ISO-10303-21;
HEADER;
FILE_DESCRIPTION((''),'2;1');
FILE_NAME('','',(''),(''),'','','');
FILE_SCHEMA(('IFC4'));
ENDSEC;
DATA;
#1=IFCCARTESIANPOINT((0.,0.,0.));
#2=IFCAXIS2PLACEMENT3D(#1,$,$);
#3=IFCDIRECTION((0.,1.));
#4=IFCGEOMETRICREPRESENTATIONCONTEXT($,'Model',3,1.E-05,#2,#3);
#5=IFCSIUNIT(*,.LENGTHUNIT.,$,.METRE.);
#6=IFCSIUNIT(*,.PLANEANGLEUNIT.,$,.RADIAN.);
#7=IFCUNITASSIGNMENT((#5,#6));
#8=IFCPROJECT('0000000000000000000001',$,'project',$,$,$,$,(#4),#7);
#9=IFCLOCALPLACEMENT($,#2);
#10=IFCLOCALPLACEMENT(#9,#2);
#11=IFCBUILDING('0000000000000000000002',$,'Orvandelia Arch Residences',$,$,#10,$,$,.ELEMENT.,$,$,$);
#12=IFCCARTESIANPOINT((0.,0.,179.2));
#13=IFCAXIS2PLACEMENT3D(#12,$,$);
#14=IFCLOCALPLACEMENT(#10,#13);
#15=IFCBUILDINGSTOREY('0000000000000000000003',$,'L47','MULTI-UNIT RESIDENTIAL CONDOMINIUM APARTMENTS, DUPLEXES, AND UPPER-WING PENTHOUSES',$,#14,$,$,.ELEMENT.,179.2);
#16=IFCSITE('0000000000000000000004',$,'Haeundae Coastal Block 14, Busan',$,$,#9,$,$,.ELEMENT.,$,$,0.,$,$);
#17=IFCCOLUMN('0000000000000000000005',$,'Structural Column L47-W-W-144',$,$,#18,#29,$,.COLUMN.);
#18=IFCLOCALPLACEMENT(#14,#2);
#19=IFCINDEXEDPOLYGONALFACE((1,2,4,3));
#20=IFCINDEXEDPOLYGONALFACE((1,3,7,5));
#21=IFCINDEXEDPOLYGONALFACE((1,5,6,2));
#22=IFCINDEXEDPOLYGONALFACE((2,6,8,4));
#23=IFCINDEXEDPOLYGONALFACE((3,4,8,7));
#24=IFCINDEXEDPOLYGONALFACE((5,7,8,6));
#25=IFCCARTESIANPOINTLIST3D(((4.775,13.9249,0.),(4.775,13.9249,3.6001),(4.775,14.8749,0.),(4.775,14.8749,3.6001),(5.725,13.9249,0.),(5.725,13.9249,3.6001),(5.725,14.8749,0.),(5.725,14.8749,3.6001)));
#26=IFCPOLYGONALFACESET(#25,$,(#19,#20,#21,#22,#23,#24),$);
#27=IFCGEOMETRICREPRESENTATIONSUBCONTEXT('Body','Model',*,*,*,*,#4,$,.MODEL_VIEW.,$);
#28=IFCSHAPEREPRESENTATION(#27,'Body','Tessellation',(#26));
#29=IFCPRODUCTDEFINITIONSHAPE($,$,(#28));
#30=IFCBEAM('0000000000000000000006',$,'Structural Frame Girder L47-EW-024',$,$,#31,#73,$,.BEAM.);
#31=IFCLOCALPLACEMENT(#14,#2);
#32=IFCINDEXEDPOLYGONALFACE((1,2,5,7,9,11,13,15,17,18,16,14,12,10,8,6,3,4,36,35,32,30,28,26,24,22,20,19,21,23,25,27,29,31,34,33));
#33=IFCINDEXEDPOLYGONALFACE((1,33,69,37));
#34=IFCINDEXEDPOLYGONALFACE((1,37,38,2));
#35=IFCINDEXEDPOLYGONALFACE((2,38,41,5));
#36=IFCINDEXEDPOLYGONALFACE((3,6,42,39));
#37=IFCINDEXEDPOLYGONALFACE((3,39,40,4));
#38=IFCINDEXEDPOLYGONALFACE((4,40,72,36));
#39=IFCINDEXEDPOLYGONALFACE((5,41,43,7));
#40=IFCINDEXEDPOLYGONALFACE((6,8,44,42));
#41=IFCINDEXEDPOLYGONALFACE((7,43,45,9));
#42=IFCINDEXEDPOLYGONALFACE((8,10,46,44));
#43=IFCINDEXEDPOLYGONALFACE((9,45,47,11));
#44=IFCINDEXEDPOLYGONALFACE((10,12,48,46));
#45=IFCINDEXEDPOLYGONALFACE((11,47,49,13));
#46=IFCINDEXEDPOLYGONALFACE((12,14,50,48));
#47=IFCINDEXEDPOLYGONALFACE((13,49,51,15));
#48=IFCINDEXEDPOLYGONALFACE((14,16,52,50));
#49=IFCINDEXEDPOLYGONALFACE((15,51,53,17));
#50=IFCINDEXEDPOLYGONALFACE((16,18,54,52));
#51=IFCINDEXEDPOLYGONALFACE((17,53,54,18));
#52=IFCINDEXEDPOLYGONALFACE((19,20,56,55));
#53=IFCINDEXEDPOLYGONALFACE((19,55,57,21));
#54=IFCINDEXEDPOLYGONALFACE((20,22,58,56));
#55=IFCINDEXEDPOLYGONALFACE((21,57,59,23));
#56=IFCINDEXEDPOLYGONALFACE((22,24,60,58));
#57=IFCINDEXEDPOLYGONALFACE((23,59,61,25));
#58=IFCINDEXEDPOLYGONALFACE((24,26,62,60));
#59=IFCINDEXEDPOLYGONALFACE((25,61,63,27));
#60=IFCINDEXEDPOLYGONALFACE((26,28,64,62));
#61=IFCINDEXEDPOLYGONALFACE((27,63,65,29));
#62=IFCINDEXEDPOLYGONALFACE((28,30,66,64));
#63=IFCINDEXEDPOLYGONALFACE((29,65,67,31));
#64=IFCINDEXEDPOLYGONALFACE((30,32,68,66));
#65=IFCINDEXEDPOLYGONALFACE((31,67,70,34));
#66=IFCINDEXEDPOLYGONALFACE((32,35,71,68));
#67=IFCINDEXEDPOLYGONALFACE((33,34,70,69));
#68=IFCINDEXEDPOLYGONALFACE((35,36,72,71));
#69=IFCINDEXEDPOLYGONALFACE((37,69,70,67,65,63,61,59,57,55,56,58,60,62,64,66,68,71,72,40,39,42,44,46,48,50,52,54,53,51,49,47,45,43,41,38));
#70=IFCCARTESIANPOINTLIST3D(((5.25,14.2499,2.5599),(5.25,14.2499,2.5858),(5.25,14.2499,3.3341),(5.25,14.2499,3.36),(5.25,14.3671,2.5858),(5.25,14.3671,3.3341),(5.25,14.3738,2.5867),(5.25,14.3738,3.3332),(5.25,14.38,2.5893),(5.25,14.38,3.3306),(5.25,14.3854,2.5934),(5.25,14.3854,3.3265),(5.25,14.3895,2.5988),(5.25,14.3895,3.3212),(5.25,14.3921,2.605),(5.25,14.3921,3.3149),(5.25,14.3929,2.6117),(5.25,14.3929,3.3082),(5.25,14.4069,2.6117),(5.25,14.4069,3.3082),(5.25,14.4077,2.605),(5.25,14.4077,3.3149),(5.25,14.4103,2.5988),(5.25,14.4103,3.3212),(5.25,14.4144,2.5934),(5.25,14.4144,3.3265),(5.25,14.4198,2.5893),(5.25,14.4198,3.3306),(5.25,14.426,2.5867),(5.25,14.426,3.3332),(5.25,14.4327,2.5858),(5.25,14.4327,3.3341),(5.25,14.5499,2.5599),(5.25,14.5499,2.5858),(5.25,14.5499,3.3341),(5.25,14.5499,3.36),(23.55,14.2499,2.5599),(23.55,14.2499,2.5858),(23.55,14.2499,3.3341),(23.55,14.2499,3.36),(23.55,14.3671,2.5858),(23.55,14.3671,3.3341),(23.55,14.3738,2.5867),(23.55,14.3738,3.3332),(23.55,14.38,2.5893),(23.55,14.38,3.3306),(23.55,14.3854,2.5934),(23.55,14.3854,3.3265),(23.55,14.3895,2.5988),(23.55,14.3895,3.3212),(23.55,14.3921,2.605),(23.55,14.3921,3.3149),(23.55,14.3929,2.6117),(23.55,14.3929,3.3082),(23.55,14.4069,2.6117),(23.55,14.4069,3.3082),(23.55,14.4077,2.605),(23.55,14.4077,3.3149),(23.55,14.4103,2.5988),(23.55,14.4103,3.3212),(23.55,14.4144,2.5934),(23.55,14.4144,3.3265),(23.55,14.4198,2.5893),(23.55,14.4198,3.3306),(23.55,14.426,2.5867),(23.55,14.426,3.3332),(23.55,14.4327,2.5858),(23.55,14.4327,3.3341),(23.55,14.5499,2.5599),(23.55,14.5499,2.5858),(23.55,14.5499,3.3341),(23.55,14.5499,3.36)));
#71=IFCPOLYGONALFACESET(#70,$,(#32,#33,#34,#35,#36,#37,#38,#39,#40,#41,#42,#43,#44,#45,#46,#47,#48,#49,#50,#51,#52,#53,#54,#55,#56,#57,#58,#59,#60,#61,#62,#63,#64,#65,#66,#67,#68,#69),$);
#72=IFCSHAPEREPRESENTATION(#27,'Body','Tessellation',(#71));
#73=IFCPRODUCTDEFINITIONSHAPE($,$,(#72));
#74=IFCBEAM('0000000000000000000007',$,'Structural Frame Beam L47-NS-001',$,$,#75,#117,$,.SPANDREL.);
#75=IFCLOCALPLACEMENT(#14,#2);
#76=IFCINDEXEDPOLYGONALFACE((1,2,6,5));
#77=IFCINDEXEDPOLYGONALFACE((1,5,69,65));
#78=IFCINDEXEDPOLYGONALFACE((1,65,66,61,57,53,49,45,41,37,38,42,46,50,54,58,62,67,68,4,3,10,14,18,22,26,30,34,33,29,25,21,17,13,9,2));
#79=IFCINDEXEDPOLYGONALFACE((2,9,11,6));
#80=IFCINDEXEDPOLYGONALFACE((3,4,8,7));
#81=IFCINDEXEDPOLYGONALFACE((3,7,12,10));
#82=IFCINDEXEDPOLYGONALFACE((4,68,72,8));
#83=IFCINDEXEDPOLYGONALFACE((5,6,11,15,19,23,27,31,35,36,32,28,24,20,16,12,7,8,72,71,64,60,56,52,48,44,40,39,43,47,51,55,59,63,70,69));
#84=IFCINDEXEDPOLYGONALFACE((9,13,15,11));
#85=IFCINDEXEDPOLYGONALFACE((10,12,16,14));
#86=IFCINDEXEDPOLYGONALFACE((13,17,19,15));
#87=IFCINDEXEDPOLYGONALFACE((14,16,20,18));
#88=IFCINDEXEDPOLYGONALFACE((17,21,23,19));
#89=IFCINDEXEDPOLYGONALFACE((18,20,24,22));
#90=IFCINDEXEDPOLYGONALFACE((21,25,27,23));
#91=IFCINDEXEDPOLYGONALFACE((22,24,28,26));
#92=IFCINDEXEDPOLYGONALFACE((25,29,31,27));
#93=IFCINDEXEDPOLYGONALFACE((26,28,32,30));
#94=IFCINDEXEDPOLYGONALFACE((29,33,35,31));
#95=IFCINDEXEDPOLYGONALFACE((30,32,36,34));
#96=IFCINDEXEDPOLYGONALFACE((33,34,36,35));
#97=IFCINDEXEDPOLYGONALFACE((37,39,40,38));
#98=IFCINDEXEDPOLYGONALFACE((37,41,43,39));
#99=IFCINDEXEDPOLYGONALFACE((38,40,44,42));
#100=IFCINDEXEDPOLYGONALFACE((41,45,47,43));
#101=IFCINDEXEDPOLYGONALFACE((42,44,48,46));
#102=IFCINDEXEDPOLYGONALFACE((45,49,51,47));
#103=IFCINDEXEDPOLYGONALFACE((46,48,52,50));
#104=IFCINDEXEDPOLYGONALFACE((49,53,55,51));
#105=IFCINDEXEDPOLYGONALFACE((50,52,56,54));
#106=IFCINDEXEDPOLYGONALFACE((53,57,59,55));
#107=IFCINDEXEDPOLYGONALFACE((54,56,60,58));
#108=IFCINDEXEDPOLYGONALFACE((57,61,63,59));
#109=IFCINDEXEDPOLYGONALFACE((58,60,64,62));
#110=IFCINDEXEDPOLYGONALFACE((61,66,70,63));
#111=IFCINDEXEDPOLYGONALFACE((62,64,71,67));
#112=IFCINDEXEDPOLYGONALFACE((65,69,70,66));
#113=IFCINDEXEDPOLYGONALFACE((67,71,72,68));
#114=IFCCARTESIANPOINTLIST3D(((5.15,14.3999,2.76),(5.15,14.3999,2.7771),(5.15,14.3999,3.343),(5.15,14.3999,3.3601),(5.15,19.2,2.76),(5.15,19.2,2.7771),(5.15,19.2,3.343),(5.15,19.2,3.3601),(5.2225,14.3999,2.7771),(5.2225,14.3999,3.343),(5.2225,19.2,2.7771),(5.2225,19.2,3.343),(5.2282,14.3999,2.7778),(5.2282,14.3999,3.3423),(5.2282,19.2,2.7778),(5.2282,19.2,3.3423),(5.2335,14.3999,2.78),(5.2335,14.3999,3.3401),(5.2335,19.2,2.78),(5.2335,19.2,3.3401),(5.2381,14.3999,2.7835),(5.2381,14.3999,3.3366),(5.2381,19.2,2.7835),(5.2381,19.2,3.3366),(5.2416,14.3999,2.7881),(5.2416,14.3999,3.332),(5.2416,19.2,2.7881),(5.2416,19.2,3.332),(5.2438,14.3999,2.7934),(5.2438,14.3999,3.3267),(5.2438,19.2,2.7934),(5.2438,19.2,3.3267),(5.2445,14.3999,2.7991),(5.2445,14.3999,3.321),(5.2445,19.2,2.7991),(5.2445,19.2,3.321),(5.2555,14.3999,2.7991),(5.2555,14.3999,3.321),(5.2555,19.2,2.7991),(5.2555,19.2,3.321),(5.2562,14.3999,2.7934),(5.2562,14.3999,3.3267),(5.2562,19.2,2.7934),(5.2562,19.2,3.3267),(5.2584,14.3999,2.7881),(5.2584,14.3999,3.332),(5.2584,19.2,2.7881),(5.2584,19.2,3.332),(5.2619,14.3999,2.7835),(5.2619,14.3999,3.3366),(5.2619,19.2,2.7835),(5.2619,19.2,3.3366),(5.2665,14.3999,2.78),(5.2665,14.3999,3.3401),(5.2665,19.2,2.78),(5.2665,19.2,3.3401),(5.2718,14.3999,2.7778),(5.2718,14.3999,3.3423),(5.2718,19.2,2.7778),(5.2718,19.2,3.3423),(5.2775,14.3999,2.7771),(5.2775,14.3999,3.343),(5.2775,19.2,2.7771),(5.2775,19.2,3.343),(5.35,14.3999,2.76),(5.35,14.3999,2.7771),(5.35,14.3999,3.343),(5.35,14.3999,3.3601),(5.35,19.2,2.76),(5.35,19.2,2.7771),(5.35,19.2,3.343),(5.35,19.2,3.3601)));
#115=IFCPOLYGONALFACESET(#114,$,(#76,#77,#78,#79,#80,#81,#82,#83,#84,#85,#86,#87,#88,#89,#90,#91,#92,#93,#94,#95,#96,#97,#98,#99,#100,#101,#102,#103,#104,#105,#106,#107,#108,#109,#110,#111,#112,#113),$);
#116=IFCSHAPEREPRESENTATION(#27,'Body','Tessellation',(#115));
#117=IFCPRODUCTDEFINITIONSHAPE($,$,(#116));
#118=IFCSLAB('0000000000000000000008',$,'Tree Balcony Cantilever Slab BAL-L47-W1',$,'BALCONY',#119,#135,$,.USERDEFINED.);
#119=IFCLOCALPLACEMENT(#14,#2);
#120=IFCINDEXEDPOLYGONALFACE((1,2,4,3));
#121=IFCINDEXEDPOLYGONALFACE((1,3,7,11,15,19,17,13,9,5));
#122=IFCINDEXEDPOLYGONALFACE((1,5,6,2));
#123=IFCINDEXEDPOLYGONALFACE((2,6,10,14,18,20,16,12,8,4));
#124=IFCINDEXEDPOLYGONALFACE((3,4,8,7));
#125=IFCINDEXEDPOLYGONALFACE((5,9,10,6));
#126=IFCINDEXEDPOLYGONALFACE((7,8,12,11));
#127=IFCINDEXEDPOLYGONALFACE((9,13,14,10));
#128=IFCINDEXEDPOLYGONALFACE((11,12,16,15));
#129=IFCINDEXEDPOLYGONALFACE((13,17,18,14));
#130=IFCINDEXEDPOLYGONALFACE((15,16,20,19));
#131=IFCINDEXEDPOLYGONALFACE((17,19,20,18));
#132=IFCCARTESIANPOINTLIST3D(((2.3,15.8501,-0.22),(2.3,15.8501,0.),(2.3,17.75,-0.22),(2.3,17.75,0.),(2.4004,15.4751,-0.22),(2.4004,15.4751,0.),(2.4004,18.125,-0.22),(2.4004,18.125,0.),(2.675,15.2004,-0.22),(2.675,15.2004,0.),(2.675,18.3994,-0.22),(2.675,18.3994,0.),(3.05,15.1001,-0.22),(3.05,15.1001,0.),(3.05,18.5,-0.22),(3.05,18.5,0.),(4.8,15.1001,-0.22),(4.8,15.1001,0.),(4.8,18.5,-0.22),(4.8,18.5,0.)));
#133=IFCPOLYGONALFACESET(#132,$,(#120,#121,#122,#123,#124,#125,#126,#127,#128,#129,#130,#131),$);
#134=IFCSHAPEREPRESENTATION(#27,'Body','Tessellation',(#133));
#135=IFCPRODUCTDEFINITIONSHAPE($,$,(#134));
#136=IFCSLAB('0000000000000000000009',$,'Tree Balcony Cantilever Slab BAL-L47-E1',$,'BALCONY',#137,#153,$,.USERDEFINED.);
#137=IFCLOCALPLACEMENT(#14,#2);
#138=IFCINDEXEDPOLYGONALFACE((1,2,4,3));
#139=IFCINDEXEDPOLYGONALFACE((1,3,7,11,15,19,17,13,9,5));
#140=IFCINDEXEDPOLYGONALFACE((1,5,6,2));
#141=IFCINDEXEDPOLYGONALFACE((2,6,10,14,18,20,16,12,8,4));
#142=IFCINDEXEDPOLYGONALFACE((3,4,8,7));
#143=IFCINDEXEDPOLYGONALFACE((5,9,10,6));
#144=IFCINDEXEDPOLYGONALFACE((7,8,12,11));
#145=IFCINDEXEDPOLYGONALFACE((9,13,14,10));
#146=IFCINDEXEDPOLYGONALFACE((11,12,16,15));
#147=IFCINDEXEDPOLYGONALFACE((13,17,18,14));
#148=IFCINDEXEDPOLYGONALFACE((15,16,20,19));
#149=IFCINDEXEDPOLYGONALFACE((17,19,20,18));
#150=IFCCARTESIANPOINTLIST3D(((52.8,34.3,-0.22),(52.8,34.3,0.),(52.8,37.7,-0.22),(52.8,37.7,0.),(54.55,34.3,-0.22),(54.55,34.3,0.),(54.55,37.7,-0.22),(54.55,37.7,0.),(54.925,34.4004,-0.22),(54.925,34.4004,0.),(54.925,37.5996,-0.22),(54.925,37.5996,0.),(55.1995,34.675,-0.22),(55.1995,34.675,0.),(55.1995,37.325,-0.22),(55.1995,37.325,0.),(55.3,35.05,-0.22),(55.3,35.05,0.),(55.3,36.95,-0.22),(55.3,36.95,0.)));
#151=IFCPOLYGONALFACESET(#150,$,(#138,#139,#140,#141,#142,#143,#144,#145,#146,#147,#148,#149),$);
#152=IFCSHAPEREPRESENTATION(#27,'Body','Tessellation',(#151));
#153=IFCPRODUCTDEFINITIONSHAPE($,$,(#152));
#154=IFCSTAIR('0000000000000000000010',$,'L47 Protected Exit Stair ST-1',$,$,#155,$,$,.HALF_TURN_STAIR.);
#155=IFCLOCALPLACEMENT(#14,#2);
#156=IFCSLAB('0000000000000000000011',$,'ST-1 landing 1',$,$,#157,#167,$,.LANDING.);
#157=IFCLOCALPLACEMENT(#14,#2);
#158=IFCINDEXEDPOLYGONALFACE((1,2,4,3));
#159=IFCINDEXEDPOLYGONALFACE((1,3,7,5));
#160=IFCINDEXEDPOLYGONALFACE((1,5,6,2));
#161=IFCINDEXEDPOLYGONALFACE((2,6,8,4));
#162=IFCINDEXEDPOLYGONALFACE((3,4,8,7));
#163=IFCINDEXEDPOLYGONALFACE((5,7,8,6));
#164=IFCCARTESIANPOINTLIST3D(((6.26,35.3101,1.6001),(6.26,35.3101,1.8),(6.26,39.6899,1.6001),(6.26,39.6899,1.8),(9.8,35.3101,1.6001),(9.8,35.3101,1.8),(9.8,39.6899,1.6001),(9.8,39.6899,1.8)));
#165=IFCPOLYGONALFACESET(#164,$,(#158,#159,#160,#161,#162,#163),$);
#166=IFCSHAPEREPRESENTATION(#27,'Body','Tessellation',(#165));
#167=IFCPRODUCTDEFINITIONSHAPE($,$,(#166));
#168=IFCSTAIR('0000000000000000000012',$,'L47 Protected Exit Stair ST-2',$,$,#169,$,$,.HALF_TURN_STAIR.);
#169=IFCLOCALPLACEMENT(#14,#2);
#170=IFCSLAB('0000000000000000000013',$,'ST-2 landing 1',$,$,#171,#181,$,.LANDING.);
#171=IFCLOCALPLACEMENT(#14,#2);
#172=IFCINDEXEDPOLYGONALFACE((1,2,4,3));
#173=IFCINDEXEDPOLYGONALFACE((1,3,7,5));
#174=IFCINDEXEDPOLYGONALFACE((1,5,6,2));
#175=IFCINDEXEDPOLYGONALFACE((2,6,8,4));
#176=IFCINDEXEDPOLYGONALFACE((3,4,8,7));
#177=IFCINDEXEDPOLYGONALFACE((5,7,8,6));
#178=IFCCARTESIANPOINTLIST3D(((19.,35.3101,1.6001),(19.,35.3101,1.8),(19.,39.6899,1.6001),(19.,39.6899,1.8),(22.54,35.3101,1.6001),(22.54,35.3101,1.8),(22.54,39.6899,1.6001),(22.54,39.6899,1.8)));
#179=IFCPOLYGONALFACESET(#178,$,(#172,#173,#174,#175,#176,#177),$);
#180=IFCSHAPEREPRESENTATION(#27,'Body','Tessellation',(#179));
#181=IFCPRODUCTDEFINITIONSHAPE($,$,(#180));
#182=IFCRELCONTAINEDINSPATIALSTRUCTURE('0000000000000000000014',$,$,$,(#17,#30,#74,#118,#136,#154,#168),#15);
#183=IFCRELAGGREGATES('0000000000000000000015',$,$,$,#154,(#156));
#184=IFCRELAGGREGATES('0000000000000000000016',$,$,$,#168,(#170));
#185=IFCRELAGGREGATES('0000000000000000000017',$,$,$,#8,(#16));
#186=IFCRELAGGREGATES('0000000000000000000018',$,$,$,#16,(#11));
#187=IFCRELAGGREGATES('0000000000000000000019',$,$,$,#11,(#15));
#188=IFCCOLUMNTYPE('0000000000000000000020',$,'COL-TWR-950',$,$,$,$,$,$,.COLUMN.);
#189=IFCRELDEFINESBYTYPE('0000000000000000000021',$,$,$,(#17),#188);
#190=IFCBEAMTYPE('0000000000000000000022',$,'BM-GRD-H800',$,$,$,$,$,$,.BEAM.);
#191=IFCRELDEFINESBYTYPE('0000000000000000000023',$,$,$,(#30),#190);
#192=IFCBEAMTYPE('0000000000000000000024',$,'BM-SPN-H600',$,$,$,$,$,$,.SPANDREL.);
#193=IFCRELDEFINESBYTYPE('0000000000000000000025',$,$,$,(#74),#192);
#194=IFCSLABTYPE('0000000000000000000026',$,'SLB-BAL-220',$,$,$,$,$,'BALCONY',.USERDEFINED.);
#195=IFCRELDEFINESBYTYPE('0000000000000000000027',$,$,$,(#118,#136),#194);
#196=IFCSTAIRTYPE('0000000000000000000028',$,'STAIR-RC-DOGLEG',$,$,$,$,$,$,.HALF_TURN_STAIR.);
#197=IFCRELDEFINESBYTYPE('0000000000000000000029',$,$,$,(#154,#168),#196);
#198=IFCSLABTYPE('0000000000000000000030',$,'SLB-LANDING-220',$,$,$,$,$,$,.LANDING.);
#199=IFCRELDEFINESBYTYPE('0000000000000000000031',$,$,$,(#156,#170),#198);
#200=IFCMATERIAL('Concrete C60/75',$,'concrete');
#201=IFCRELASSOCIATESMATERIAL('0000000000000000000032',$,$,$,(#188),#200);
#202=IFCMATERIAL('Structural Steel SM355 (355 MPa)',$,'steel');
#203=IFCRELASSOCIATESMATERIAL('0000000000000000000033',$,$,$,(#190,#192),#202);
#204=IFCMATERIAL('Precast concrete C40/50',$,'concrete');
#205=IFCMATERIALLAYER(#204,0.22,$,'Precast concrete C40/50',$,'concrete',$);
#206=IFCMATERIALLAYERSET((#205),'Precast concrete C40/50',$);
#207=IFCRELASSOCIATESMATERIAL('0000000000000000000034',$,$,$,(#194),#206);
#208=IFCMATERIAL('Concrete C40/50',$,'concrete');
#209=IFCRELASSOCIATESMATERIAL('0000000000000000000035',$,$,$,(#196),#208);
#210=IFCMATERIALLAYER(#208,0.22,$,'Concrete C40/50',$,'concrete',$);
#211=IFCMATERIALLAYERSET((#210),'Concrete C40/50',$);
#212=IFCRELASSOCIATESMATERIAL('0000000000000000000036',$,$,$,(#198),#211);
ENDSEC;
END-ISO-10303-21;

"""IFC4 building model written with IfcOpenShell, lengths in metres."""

from ifc_helpers import new_model, si_unit, direction, frame, origin, origin_2d, place, context, subcontext, project, spatial, polyline, rectangle, i_section, outline, extrude, material, layer, layer_set, material_profile, profile_set, type_object, element, aggregate, save


model = new_model("IFC4")

# Units and contexts
model_context = context("Model", 3, precision=1e-05, world=origin(), true_north=direction((0.0, 1.0)))
body_context = subcontext(model_context, "Body", "Model", "MODEL_VIEW")
ifc_project = project(units=[si_unit("LENGTHUNIT", "METRE"), si_unit("PLANEANGLEUNIT", "RADIAN")], contexts=[model_context])

# Site, building, storey
site_placement = place(None, origin())
site = spatial("IfcSite", under=ifc_project, at=site_placement, Name="Haeundae Coastal Block 14, Busan", CompositionType="ELEMENT", RefElevation=0.0)
building_placement = place(site_placement, origin())
building = spatial("IfcBuilding", under=site, at=building_placement, Name="Orvandelia Arch Residences", CompositionType="ELEMENT")
storey_placement = place(building_placement, frame((0.0, 0.0, 179.2)))
storey = spatial("IfcBuildingStorey", under=building, at=storey_placement, Name="L47", Description="MULTI-UNIT RESIDENTIAL CONDOMINIUM APARTMENTS, DUPLEXES, AND UPPER-WING PENTHOUSES", CompositionType="ELEMENT", Elevation=179.2)

# Column
ifc_material_1 = material(Name="Concrete C60/75", Category="concrete")
ifc_material_profile_1 = material_profile(ifc_material_1, rectangle(XDim=0.95, YDim=0.95, at=origin_2d()), Name="Concrete C60/75", Category="concrete")
ifc_profile_set_1 = profile_set([ifc_material_profile_1], Name="Concrete C60/75")
column_type = type_object("IfcColumnType", Name="COL-TWR-950", PredefinedType="COLUMN", material=ifc_profile_set_1)
column_placement = place(storey_placement, frame((5.25, 14.3999, 0.0), z_axis=(0.0, 0.0, 1.0), x_axis=(1.0, 0.0, 0.0)))
element("IfcColumn", 1, at=column_placement, inside=storey, type_object=column_type, Name="Structural Column L47-W-W-144", PredefinedType="COLUMN", context=body_context, shape_type="SweptSolid", body=[
    extrude(rectangle(XDim=0.95, YDim=0.95, at=origin_2d()), origin(), (0.0, 0.0, 1.0), 3.6001),
])

# Beams
ifc_material_2 = material(Name="Structural Steel SM355 (355 MPa)", Category="steel")
ifc_material_profile_2 = material_profile(ifc_material_2, i_section(OverallWidth=0.3, OverallDepth=0.8, WebThickness=0.0139, FlangeThickness=0.0259, FilletRadius=0.0259, at=origin_2d()), Name="Structural Steel SM355 (355 MPa)", Category="steel")
ifc_profile_set_2 = profile_set([ifc_material_profile_2], Name="Structural Steel SM355 (355 MPa)")
beam_type_1 = type_object("IfcBeamType", Name="BM-GRD-H800", PredefinedType="BEAM", material=ifc_profile_set_2)
beam_1_placement = place(storey_placement, frame((5.25, 14.3999, 2.96), z_axis=(1.0, 0.0, 0.0), x_axis=(0.0, 1.0, 0.0)))
element("IfcBeam", 2, at=beam_1_placement, inside=storey, type_object=beam_type_1, Name="Structural Frame Girder L47-EW-024", PredefinedType="BEAM", context=body_context, shape_type="SweptSolid", body=[
    extrude(i_section(OverallWidth=0.3, OverallDepth=0.8, WebThickness=0.0139, FlangeThickness=0.0259, FilletRadius=0.0259, at=origin_2d()), origin(), (0.0, 0.0, 1.0), 18.3),
])
ifc_material_profile_3 = material_profile(ifc_material_2, i_section(OverallWidth=0.2, OverallDepth=0.6001, WebThickness=0.011, FlangeThickness=0.0171, FilletRadius=0.022, at=origin_2d()), Name="Structural Steel SM355 (355 MPa)", Category="steel")
ifc_profile_set_3 = profile_set([ifc_material_profile_3], Name="Structural Steel SM355 (355 MPa)")
beam_type_2 = type_object("IfcBeamType", Name="BM-SPN-H600", PredefinedType="SPANDREL", material=ifc_profile_set_3)
beam_2_placement = place(storey_placement, frame((5.25, 14.3999, 3.0601), z_axis=(0.0, 1.0, 0.0), x_axis=(-1.0, 0.0, 0.0)))
element("IfcBeam", 3, at=beam_2_placement, inside=storey, type_object=beam_type_2, Name="Structural Frame Beam L47-NS-001", PredefinedType="SPANDREL", context=body_context, shape_type="SweptSolid", body=[
    extrude(i_section(OverallWidth=0.2, OverallDepth=0.6001, WebThickness=0.011, FlangeThickness=0.0171, FilletRadius=0.022, at=origin_2d()), origin(), (0.0, 0.0, 1.0), 4.8),
])

# Slabs
ifc_material_3 = material(Name="Precast concrete C40/50", Category="concrete")
ifc_layer_1 = layer(ifc_material_3, 0.22, Name="Precast concrete C40/50", Category="concrete")
ifc_layer_set_1 = layer_set([ifc_layer_1], Name="Precast concrete C40/50")
slab_type_1 = type_object("IfcSlabType", Name="SLB-BAL-220", ElementType="BALCONY", PredefinedType="USERDEFINED", material=ifc_layer_set_1)
slab_1_placement = place(storey_placement, frame((0.0, 0.0, -0.22)))
element("IfcSlab", 4, at=slab_1_placement, inside=storey, type_object=slab_type_1, Name="Tree Balcony Cantilever Slab BAL-L47-W1", ObjectType="BALCONY", PredefinedType="USERDEFINED", context=body_context, shape_type="SweptSolid", body=[
    extrude(outline(polyline([(4.8, 15.1001), (4.8, 18.5), (3.05, 18.5), (2.675, 18.3994), (2.4004, 18.125), (2.3, 17.75), (2.3, 15.8501), (2.4004, 15.4751), (2.675, 15.2004), (3.05, 15.1001), (4.8, 15.1001)])), origin(), (0.0, 0.0, 1.0), 0.22),
])
slab_2_placement = place(storey_placement, frame((0.0, 0.0, -0.22)))
element("IfcSlab", 5, at=slab_2_placement, inside=storey, type_object=slab_type_1, Name="Tree Balcony Cantilever Slab BAL-L47-E1", ObjectType="BALCONY", PredefinedType="USERDEFINED", context=body_context, shape_type="SweptSolid", body=[
    extrude(outline(polyline([(52.8, 37.7), (52.8, 34.3), (54.55, 34.3), (54.925, 34.4004), (55.1995, 34.675), (55.3, 35.05), (55.3, 36.95), (55.1995, 37.325), (54.925, 37.5996), (54.55, 37.7), (52.8, 37.7)])), origin(), (0.0, 0.0, 1.0), 0.22),
])

# Stairs, slabs
ifc_material_4 = material(Name="Concrete C40/50", Category="concrete")
stair_type = type_object("IfcStairType", Name="STAIR-RC-DOGLEG", PredefinedType="HALF_TURN_STAIR", material=ifc_material_4)
stair_1_placement = place(storey_placement, origin())
stair_1 = element("IfcStair", 6, at=stair_1_placement, inside=storey, type_object=stair_type, Name="L47 Protected Exit Stair ST-1", PredefinedType="HALF_TURN_STAIR")
ifc_layer_2 = layer(ifc_material_4, 0.22, Name="Concrete C40/50", Category="concrete")
ifc_layer_set_2 = layer_set([ifc_layer_2], Name="Concrete C40/50")
slab_type_2 = type_object("IfcSlabType", Name="SLB-LANDING-220", PredefinedType="LANDING", material=ifc_layer_set_2)
slab_3_placement = place(storey_placement, frame((0.0, 0.0, 1.6001)))
slab_3 = element("IfcSlab", 7, at=slab_3_placement, type_object=slab_type_2, Name="ST-1 landing 1", PredefinedType="LANDING", context=body_context, shape_type="SweptSolid", body=[
    extrude(outline(polyline([(9.8, 35.3101), (9.8, 39.6899), (6.26, 39.6899), (6.26, 35.3101), (9.8, 35.3101)])), origin(), (0.0, 0.0, 1.0), 0.2),
])
aggregate(stair_1, [slab_3])
stair_2_placement = place(storey_placement, origin())
stair_2 = element("IfcStair", 8, at=stair_2_placement, inside=storey, type_object=stair_type, Name="L47 Protected Exit Stair ST-2", PredefinedType="HALF_TURN_STAIR")
slab_4_placement = place(storey_placement, frame((0.0, 0.0, 1.6001)))
slab_4 = element("IfcSlab", 9, at=slab_4_placement, type_object=slab_type_2, Name="ST-2 landing 1", PredefinedType="LANDING", context=body_context, shape_type="SweptSolid", body=[
    extrude(outline(polyline([(22.54, 35.3101), (22.54, 39.6899), (19.0, 39.6899), (19.0, 35.3101), (22.54, 35.3101)])), origin(), (0.0, 0.0, 1.0), 0.2),
])
aggregate(stair_2, [slab_4])

save(model, "model.ifc")
